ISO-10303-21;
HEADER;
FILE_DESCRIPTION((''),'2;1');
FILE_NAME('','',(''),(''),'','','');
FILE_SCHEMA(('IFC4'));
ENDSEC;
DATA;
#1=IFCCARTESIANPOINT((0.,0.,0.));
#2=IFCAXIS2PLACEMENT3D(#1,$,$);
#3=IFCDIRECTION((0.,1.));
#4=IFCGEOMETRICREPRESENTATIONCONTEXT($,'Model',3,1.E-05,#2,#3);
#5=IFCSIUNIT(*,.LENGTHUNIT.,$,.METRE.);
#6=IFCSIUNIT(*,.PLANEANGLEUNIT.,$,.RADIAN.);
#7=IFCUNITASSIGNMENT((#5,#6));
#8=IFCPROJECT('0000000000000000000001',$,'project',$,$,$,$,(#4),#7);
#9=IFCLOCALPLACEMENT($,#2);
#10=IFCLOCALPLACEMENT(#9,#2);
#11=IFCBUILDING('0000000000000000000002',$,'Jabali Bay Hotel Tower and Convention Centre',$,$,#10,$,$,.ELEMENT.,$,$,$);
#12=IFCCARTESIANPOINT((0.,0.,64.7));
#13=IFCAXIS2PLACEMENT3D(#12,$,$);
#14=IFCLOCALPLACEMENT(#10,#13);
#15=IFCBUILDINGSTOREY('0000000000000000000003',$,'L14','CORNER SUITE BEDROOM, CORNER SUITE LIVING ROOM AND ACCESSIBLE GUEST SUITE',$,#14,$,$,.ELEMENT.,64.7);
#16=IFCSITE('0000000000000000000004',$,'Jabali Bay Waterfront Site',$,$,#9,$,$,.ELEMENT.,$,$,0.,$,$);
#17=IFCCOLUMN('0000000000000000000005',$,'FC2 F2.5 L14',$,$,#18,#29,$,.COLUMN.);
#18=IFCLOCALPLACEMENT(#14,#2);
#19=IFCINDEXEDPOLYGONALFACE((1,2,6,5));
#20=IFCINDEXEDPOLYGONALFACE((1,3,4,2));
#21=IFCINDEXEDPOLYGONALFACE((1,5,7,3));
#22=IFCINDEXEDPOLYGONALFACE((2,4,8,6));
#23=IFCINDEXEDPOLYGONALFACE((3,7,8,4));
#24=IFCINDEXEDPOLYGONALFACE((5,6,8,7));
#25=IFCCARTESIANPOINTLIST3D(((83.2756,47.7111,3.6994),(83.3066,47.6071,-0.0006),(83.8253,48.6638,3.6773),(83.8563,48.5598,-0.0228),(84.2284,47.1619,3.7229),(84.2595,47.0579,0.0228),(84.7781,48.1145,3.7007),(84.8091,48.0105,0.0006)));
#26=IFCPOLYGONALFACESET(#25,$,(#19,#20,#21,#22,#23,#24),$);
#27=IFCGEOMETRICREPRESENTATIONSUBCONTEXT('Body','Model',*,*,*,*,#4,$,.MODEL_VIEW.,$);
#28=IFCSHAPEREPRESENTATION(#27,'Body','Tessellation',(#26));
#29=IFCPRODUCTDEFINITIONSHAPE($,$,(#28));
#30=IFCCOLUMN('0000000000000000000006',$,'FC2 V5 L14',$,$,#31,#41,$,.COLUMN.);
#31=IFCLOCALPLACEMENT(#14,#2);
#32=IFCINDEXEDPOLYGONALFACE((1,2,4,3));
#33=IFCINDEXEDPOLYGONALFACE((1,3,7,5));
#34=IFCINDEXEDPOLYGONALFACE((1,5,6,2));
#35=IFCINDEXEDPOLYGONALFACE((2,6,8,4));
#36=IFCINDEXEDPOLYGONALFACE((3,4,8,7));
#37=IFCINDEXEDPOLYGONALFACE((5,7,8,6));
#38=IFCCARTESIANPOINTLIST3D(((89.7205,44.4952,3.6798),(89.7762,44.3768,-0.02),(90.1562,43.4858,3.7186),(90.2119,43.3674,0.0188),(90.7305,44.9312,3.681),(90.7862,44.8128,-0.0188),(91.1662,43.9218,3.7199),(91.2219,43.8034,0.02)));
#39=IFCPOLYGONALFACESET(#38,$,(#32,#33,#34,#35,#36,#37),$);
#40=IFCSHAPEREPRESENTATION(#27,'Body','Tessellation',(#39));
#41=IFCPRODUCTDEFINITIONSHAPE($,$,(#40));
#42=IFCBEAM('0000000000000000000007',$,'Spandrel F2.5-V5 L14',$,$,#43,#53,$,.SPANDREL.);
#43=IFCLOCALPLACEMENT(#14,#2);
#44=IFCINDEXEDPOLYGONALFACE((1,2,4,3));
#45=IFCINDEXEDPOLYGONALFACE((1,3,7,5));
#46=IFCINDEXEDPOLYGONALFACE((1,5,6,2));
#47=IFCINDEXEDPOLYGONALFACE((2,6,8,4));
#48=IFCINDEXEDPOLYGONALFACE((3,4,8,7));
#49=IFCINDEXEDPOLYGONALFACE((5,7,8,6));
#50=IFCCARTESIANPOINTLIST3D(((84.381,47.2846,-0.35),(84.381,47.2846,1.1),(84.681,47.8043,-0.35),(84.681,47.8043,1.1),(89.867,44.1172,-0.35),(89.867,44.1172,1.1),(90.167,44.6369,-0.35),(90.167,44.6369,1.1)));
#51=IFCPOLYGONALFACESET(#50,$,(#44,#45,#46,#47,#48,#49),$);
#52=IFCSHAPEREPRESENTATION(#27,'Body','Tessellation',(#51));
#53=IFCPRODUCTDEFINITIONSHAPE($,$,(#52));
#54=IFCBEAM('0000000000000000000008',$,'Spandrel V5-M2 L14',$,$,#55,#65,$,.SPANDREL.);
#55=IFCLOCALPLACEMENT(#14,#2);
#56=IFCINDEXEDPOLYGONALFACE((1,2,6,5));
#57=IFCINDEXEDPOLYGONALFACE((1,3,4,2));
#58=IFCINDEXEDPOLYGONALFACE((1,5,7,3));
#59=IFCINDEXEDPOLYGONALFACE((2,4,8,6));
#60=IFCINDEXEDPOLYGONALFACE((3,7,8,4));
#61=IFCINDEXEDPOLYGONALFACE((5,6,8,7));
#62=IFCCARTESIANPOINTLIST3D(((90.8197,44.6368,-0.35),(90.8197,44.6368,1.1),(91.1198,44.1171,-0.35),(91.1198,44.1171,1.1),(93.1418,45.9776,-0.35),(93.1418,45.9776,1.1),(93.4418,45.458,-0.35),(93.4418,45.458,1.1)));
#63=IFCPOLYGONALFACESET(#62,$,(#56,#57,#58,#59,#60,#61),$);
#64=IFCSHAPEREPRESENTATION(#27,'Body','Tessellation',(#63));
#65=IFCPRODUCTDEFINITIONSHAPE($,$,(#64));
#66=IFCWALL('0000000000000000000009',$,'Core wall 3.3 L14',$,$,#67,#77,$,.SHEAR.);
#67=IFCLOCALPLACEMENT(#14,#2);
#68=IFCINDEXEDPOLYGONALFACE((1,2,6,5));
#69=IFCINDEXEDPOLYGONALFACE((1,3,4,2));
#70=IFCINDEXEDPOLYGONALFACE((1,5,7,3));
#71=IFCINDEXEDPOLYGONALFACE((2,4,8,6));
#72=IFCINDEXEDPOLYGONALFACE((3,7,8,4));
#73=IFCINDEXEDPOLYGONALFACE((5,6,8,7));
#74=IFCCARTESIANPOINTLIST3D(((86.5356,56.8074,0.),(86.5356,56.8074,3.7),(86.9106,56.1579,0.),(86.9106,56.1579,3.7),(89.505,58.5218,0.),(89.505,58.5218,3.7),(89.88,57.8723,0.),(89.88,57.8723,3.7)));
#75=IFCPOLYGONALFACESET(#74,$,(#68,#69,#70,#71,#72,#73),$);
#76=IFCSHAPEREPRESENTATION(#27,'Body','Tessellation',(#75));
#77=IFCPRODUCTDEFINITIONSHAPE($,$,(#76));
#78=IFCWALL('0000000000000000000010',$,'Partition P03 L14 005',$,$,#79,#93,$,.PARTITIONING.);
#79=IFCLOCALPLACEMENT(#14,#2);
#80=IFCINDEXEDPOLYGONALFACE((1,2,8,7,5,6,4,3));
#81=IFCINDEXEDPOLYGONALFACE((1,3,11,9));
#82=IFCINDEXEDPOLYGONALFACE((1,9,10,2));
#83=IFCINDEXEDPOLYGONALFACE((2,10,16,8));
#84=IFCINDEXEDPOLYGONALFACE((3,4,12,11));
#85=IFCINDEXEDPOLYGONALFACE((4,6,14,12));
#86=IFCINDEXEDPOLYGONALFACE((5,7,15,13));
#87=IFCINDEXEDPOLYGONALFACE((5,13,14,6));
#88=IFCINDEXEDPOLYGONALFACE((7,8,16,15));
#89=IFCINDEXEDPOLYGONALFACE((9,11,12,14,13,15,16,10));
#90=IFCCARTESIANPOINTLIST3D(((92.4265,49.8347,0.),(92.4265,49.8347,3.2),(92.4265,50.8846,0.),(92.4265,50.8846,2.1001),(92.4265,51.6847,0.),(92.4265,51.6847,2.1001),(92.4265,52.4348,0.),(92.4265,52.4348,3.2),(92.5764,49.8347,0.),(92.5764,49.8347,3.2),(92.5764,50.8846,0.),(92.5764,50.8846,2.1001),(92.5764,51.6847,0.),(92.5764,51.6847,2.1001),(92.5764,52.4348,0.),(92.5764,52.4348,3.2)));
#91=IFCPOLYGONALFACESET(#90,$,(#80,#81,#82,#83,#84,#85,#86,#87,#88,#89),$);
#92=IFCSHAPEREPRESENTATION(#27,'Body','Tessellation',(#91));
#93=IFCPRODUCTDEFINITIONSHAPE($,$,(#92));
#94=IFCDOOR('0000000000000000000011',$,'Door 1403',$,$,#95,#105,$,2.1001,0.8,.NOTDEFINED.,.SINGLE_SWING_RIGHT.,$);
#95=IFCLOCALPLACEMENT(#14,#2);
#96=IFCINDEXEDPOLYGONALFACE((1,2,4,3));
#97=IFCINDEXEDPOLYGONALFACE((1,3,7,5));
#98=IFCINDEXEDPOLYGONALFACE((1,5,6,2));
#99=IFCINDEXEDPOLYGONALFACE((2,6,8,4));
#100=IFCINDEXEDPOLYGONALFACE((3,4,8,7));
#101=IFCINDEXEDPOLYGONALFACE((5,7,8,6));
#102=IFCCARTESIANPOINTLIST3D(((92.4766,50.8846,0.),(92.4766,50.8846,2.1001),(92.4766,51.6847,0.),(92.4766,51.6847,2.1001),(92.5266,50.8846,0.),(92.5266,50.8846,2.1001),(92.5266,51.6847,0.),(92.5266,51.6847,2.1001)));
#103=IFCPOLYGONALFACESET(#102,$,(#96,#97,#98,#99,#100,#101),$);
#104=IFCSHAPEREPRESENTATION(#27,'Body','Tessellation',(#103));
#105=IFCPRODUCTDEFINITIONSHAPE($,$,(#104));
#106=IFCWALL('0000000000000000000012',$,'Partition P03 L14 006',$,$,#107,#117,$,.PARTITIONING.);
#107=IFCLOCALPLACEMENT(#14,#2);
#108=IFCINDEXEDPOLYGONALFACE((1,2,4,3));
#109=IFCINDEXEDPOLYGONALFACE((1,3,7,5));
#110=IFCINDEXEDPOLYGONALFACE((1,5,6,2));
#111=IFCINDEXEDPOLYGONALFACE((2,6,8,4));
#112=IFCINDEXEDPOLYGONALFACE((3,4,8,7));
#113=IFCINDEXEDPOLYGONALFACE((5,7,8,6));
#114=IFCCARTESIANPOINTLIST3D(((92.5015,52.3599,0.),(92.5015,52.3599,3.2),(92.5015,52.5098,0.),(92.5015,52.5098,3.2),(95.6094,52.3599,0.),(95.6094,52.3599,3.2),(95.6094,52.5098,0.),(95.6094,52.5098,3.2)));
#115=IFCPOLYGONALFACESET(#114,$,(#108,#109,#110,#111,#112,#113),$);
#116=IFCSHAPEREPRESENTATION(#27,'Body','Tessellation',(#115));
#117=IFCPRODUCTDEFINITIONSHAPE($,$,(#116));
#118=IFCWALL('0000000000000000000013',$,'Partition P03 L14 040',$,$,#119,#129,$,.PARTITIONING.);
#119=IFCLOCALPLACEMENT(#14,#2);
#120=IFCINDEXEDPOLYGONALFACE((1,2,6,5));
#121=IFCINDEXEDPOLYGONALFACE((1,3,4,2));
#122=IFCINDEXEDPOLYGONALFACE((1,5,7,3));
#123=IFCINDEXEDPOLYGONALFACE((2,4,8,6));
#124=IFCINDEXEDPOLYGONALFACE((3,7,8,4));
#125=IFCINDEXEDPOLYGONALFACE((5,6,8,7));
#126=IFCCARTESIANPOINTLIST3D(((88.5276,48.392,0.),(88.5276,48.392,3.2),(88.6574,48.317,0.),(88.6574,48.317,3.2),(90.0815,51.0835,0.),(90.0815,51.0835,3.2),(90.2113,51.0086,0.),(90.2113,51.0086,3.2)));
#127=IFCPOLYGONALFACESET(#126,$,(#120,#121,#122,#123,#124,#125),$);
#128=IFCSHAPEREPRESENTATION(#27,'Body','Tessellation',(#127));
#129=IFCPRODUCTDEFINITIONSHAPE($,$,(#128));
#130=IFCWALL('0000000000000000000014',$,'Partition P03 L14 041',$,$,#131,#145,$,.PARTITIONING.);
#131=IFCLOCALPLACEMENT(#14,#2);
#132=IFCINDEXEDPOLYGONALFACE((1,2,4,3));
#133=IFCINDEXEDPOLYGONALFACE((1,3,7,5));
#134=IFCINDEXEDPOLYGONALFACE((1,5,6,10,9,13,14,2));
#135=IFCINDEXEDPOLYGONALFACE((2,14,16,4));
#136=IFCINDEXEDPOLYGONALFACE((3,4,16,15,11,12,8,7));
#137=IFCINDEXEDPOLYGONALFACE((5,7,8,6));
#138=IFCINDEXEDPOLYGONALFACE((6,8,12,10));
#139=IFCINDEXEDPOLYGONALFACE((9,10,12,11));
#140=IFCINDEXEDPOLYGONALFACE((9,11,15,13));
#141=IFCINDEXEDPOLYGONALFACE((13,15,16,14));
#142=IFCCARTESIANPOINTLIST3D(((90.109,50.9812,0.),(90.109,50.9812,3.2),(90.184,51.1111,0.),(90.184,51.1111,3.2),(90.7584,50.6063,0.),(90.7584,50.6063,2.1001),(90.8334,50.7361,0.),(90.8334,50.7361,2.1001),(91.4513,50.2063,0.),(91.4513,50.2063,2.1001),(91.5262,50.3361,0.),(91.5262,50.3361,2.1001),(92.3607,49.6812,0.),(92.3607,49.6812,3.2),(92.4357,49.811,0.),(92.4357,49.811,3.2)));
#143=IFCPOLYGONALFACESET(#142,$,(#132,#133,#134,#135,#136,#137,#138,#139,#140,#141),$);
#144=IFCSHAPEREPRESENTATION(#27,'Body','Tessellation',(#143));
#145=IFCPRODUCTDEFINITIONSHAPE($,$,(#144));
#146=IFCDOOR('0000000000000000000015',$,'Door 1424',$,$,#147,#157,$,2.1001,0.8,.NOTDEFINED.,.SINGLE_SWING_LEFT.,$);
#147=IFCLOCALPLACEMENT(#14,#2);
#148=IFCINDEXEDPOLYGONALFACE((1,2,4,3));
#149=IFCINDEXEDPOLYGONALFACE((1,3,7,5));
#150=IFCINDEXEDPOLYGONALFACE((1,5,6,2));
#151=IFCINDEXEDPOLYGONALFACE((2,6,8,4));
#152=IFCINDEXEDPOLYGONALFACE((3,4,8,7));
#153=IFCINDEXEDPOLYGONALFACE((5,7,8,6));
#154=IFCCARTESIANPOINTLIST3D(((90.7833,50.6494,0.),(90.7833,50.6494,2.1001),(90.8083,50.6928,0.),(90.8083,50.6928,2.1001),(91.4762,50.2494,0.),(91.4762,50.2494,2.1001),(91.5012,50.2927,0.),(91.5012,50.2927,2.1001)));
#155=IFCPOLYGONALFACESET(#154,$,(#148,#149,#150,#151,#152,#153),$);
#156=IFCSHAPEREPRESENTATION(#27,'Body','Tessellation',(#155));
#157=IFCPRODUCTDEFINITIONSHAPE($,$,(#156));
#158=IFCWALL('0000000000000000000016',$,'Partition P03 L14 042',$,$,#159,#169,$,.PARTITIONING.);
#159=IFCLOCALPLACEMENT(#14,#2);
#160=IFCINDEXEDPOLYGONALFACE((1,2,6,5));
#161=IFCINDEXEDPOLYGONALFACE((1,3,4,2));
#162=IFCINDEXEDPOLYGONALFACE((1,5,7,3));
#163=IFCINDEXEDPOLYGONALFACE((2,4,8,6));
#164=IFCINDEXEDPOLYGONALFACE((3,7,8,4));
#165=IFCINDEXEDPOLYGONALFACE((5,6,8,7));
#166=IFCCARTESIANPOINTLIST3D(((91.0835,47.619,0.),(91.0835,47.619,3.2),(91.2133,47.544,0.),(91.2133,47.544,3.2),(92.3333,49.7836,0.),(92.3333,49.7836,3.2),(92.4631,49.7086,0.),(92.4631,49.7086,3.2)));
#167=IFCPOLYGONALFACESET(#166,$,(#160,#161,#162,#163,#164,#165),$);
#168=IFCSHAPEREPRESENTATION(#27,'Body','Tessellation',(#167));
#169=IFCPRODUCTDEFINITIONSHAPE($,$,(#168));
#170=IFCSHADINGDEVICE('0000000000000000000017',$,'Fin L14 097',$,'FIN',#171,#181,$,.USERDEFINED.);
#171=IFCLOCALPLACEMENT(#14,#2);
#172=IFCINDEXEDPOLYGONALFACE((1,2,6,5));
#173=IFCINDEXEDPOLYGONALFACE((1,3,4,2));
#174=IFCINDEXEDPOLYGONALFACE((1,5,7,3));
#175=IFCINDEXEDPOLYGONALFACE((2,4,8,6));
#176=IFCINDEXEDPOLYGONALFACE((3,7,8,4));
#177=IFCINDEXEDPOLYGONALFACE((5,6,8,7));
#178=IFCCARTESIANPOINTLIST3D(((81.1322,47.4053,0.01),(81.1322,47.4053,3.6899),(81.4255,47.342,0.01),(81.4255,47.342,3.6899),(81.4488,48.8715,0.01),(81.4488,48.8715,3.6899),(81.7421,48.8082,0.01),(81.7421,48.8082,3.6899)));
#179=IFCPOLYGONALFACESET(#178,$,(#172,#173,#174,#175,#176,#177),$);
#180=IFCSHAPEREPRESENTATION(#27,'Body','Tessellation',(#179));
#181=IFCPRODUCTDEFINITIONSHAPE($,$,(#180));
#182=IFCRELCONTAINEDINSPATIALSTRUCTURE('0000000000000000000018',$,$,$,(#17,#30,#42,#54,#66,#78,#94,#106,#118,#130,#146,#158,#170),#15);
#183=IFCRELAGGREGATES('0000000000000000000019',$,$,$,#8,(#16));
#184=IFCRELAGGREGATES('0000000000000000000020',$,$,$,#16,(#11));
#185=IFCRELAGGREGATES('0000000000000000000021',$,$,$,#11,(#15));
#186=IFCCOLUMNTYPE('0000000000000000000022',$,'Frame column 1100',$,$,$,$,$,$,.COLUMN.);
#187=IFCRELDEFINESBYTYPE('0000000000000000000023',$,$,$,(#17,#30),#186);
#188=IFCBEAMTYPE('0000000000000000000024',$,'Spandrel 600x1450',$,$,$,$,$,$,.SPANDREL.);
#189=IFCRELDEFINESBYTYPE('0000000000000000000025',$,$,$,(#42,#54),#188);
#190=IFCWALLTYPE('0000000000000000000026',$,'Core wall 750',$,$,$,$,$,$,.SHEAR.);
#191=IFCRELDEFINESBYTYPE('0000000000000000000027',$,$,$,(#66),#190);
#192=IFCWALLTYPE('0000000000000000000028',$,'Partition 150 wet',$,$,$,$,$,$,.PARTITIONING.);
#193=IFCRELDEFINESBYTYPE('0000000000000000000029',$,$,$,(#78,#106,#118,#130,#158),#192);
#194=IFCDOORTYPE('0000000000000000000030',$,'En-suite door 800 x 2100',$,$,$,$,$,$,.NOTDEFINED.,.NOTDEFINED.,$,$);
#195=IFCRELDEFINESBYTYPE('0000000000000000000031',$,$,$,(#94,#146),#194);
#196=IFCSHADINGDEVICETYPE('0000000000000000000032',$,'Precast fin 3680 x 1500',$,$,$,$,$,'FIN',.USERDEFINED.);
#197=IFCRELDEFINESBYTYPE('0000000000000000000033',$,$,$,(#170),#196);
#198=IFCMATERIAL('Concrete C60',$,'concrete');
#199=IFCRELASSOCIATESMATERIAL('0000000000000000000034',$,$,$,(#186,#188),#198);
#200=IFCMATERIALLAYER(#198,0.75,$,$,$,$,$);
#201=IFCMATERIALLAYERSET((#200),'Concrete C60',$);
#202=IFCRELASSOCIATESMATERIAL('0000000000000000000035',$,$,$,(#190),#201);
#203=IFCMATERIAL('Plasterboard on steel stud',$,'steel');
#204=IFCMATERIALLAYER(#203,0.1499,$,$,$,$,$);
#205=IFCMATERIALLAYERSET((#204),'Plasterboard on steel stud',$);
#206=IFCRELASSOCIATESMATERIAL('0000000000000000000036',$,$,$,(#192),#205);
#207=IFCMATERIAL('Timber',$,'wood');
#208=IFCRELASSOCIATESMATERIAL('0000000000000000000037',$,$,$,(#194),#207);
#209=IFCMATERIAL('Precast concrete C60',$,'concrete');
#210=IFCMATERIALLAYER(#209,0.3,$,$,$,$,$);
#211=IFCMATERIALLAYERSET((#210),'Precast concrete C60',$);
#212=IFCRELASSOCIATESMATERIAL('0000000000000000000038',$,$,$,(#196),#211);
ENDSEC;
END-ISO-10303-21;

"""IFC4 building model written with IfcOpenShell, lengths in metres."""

from ifc_helpers import new_model, si_unit, direction, frame, frame_2d, origin, origin_2d, place, context, subcontext, project, spatial, rectangle, extrude, material, layer, layer_set, material_profile, profile_set, type_object, element, fill, save


model = new_model("IFC4")

# Units and contexts
model_context = context("Model", 3, precision=1e-05, world=origin(), true_north=direction((0.0, 1.0)))
body_context = subcontext(model_context, "Body", "Model", "MODEL_VIEW")
ifc_project = project(units=[si_unit("LENGTHUNIT", "METRE"), si_unit("PLANEANGLEUNIT", "RADIAN")], contexts=[model_context])

# Site, building, storey
site_placement = place(None, origin())
site = spatial("IfcSite", under=ifc_project, at=site_placement, Name="Jabali Bay Waterfront Site", CompositionType="ELEMENT", RefElevation=0.0)
building_placement = place(site_placement, origin())
building = spatial("IfcBuilding", under=site, at=building_placement, Name="Jabali Bay Hotel Tower and Convention Centre", CompositionType="ELEMENT")
storey_placement = place(building_placement, frame((0.0, 0.0, 64.7)))
storey = spatial("IfcBuildingStorey", under=building, at=storey_placement, Name="L14", Description="CORNER SUITE BEDROOM, CORNER SUITE LIVING ROOM AND ACCESSIBLE GUEST SUITE", CompositionType="ELEMENT", Elevation=64.7)

# Columns
ifc_material_1 = material(Name="Concrete C60", Category="concrete")
ifc_material_profile_1 = material_profile(ifc_material_1, rectangle(XDim=1.1001, YDim=1.1001, at=origin_2d()), Name="Frame column 1100")
ifc_profile_set_1 = profile_set([ifc_material_profile_1], Name="Concrete C60")
column_type = type_object("IfcColumnType", Name="Frame column 1100", PredefinedType="COLUMN", material=ifc_profile_set_1)
column_1_placement = place(storey_placement, frame((84.0579, 47.8088, 0.0), z_axis=(-0.008376, 0.028097, 0.99957), x_axis=(-0.499674, -0.865979, 0.020155)))
element("IfcColumn", 1, at=column_1_placement, inside=storey, type_object=column_type, Name="FC2 F2.5 L14", PredefinedType="COLUMN", context=body_context, shape_type="SweptSolid", body=[
    extrude(rectangle(XDim=1.1001, YDim=1.1001, at=origin_2d()), origin(), (0.0, 0.0, 1.0), 3.7017),
])
column_2_placement = place(storey_placement, frame((90.499, 44.0901, 0.0), z_axis=(-0.015035, 0.031983, 0.999375), x_axis=(0.39608, -0.917537, 0.035322)))
element("IfcColumn", 2, at=column_2_placement, inside=storey, type_object=column_type, Name="FC2 V5 L14", PredefinedType="COLUMN", context=body_context, shape_type="SweptSolid", body=[
    extrude(rectangle(XDim=1.1001, YDim=1.1001, at=origin_2d()), origin(), (0.0, 0.0, 1.0), 3.7021),
])

# Beams
ifc_material_profile_2 = material_profile(ifc_material_1, rectangle(XDim=0.6001, YDim=1.45, at=origin_2d()), Name="Spandrel 600x1450")
ifc_profile_set_2 = profile_set([ifc_material_profile_2], Name="Concrete C60")
beam_type = type_object("IfcBeamType", Name="Spandrel 600x1450", PredefinedType="SPANDREL", material=ifc_profile_set_2)
beam_1_placement = place(storey_placement, frame((84.531, 47.5444, 0.375), z_axis=(0.866019, -0.50001, 0.0), x_axis=(0.50001, 0.866019, 0.0)))
element("IfcBeam", 3, at=beam_1_placement, inside=storey, type_object=beam_type, Name="Spandrel F2.5-V5 L14", PredefinedType="SPANDREL", context=body_context, shape_type="SweptSolid", body=[
    extrude(rectangle(XDim=0.6001, YDim=1.45, at=origin_2d()), origin(), (0.0, 0.0, 1.0), 6.3347),
])
beam_2_placement = place(storey_placement, frame((90.9697, 44.377, 0.375), z_axis=(0.865993, 0.500056, 0.0), x_axis=(-0.500056, 0.865993, 0.0)))
element("IfcBeam", 4, at=beam_2_placement, inside=storey, type_object=beam_type, Name="Spandrel V5-M2 L14", PredefinedType="SPANDREL", context=body_context, shape_type="SweptSolid", body=[
    extrude(rectangle(XDim=0.6001, YDim=1.45, at=origin_2d()), origin(), (0.0, 0.0, 1.0), 2.6814),
])

# Wall
ifc_layer_1 = layer(ifc_material_1, 0.75)
ifc_layer_set_1 = layer_set([ifc_layer_1], Name="Concrete C60")
wall_type_1 = type_object("IfcWallType", Name="Core wall 750", PredefinedType="SHEAR", material=ifc_layer_set_1)
wall_1_placement = place(storey_placement, frame((86.7231, 56.4827, 0.0), z_axis=(0.0, 0.0, 1.0), x_axis=(0.866017, 0.500014, 0.0)))
element("IfcWall", 5, at=wall_1_placement, inside=storey, type_object=wall_type_1, Name="Core wall 3.3 L14", PredefinedType="SHEAR", context=body_context, shape_type="SweptSolid", body=[
    extrude(rectangle(XDim=3.4287, YDim=0.75, at=frame_2d((1.7144, 0.0))), origin(), (0.0, 0.0, 1.0), 3.7),
])

# Wall, opening, door
ifc_material_2 = material(Name="Plasterboard on steel stud", Category="steel")
ifc_layer_2 = layer(ifc_material_2, 0.1499)
ifc_layer_set_2 = layer_set([ifc_layer_2], Name="Plasterboard on steel stud")
wall_type_2 = type_object("IfcWallType", Name="Partition 150 wet", PredefinedType="PARTITIONING", material=ifc_layer_set_2)
wall_2_placement = place(storey_placement, frame((92.5015, 49.8347, 0.0), z_axis=(0.0, 0.0, 1.0), x_axis=(0.0, 1.0, 0.0)))
wall_2 = element("IfcWall", 6, at=wall_2_placement, inside=storey, type_object=wall_type_2, Name="Partition P03 L14 005", PredefinedType="PARTITIONING", context=body_context, shape_type="SweptSolid", body=[
    extrude(rectangle(XDim=2.6001, YDim=0.1499, at=frame_2d((1.3, 0.0))), origin(), (0.0, 0.0, 1.0), 3.2),
])
opening_1_placement = place(wall_2_placement, frame((1.05, 0.0, 0.0)))
opening_1 = element("IfcOpeningElement", 7, at=opening_1_placement, cuts=wall_2, PredefinedType="OPENING", context=body_context, shape_type="SweptSolid", body=[
    extrude(rectangle(XDim=0.8, YDim=2.1001, at=frame_2d((0.3999, 1.05))), frame((0.0, 0.0854, 0.0), z_axis=(0.0, -1.0, 0.0), x_axis=(1.0, 0.0, 0.0)), (0.0, 0.0, 1.0), 0.1709),
])
ifc_material_3 = material(Name="Timber", Category="wood")
door_type_1 = type_object("IfcDoorType", Name="En-suite door 800 x 2100", OperationType="NOTDEFINED", PredefinedType="NOTDEFINED", material=ifc_material_3)
door_1_placement = place(opening_1_placement, origin())
door_1 = element("IfcDoor", 8, at=door_1_placement, inside=storey, type_object=door_type_1, Name="Door 1403", OperationType="SINGLE_SWING_RIGHT", OverallHeight=2.1001, OverallWidth=0.8, PredefinedType="NOTDEFINED", context=body_context, shape_type="SweptSolid", body=[
    extrude(rectangle(XDim=0.8, YDim=2.1001, at=frame_2d((0.3999, 1.05))), frame((0.0, 0.0249, 0.0), z_axis=(0.0, -1.0, 0.0), x_axis=(1.0, 0.0, 0.0)), (0.0, 0.0, 1.0), 0.05),
])
fill(opening_1, door_1)

# Walls
for number, where, z_axis, x_axis, name in (
    (9, (92.5015, 52.4348, 0.0), (0.0, 0.0, 1.0), (1.0, 0.0, 0.0), "Partition P03 L14 006"),
    (10, (88.5925, 48.3545, 0.0), (0.0, 0.0, 1.0), (0.499983, 0.866035, 0.0), "Partition P03 L14 040"),
):
    element("IfcWall", number, at=place(storey_placement, frame(where, z_axis=z_axis, x_axis=x_axis)), inside=storey, type_object=wall_type_2, Name=name, PredefinedType="PARTITIONING", context=body_context, shape_type="SweptSolid", body=[
        extrude(rectangle(XDim=3.1079, YDim=0.1499, at=frame_2d((1.554, 0.0))), origin(), (0.0, 0.0, 1.0), 3.2),
    ])

# Wall, opening, door
wall_3_placement = place(storey_placement, frame((90.1465, 51.0461, 0.0), z_axis=(0.0, 0.0, 1.0), x_axis=(0.866021, -0.500007, 0.0)))
wall_3 = element("IfcWall", 11, at=wall_3_placement, inside=storey, type_object=wall_type_2, Name="Partition P03 L14 041", PredefinedType="PARTITIONING", context=body_context, shape_type="SweptSolid", body=[
    extrude(rectangle(XDim=2.6001, YDim=0.1499, at=frame_2d((1.3, 0.0))), origin(), (0.0, 0.0, 1.0), 3.2),
])
opening_2_placement = place(wall_3_placement, frame((0.75, 0.0, 0.0)))
opening_2 = element("IfcOpeningElement", 12, at=opening_2_placement, cuts=wall_3, PredefinedType="OPENING", context=body_context, shape_type="SweptSolid", body=[
    extrude(rectangle(XDim=0.8, YDim=2.1001, at=frame_2d((0.3999, 1.05))), frame((0.0, 0.0854, 0.0), z_axis=(0.0, -1.0, 0.0), x_axis=(1.0, 0.0, 0.0)), (0.0, 0.0, 1.0), 0.1709),
])
door_2_placement = place(opening_2_placement, origin())
door_2 = element("IfcDoor", 13, at=door_2_placement, inside=storey, type_object=door_type_1, Name="Door 1424", OperationType="SINGLE_SWING_LEFT", OverallHeight=2.1001, OverallWidth=0.8, PredefinedType="NOTDEFINED", context=body_context, shape_type="SweptSolid", body=[
    extrude(rectangle(XDim=0.8, YDim=2.1001, at=frame_2d((0.3999, 1.05))), frame((0.0, 0.0249, 0.0), z_axis=(0.0, -1.0, 0.0), x_axis=(1.0, 0.0, 0.0)), (0.0, 0.0, 1.0), 0.05),
])
fill(opening_2, door_2)

# Wall
wall_4_placement = place(storey_placement, frame((92.3982, 49.7461, 0.0), z_axis=(0.0, 0.0, 1.0), x_axis=(-0.500016, -0.866016, 0.0)))
element("IfcWall", 14, at=wall_4_placement, inside=storey, type_object=wall_type_2, Name="Partition P03 L14 042", PredefinedType="PARTITIONING", context=body_context, shape_type="SweptSolid", body=[
    extrude(rectangle(XDim=2.4995, YDim=0.1499, at=frame_2d((1.2498, 0.0))), origin(), (0.0, 0.0, 1.0), 3.2),
])

# Shading device
ifc_material_4 = material(Name="Precast concrete C60", Category="concrete")
ifc_layer_3 = layer(ifc_material_4, 0.3)
ifc_layer_set_3 = layer_set([ifc_layer_3], Name="Precast concrete C60")
shading_device_type = type_object("IfcShadingDeviceType", Name="Precast fin 3680 x 1500", ElementType="FIN", PredefinedType="USERDEFINED", material=ifc_layer_set_3)
for number, where, z_axis, x_axis, name in (
    (15, (81.5955, 48.8398, 0.01), (0.0, 0.0, 1.0), (-0.211085, -0.977468, 0.0), "Fin L14 097"),
):
    element("IfcShadingDevice", number, at=place(storey_placement, frame(where, z_axis=z_axis, x_axis=x_axis)), inside=storey, type_object=shading_device_type, Name=name, ObjectType="FIN", PredefinedType="USERDEFINED", context=body_context, shape_type="SweptSolid", body=[
        extrude(rectangle(XDim=1.5, YDim=0.3, at=frame_2d((0.75, 0.0))), origin(), (0.0, 0.0, 1.0), 3.6799),
    ])

save(model, "model.ifc")
